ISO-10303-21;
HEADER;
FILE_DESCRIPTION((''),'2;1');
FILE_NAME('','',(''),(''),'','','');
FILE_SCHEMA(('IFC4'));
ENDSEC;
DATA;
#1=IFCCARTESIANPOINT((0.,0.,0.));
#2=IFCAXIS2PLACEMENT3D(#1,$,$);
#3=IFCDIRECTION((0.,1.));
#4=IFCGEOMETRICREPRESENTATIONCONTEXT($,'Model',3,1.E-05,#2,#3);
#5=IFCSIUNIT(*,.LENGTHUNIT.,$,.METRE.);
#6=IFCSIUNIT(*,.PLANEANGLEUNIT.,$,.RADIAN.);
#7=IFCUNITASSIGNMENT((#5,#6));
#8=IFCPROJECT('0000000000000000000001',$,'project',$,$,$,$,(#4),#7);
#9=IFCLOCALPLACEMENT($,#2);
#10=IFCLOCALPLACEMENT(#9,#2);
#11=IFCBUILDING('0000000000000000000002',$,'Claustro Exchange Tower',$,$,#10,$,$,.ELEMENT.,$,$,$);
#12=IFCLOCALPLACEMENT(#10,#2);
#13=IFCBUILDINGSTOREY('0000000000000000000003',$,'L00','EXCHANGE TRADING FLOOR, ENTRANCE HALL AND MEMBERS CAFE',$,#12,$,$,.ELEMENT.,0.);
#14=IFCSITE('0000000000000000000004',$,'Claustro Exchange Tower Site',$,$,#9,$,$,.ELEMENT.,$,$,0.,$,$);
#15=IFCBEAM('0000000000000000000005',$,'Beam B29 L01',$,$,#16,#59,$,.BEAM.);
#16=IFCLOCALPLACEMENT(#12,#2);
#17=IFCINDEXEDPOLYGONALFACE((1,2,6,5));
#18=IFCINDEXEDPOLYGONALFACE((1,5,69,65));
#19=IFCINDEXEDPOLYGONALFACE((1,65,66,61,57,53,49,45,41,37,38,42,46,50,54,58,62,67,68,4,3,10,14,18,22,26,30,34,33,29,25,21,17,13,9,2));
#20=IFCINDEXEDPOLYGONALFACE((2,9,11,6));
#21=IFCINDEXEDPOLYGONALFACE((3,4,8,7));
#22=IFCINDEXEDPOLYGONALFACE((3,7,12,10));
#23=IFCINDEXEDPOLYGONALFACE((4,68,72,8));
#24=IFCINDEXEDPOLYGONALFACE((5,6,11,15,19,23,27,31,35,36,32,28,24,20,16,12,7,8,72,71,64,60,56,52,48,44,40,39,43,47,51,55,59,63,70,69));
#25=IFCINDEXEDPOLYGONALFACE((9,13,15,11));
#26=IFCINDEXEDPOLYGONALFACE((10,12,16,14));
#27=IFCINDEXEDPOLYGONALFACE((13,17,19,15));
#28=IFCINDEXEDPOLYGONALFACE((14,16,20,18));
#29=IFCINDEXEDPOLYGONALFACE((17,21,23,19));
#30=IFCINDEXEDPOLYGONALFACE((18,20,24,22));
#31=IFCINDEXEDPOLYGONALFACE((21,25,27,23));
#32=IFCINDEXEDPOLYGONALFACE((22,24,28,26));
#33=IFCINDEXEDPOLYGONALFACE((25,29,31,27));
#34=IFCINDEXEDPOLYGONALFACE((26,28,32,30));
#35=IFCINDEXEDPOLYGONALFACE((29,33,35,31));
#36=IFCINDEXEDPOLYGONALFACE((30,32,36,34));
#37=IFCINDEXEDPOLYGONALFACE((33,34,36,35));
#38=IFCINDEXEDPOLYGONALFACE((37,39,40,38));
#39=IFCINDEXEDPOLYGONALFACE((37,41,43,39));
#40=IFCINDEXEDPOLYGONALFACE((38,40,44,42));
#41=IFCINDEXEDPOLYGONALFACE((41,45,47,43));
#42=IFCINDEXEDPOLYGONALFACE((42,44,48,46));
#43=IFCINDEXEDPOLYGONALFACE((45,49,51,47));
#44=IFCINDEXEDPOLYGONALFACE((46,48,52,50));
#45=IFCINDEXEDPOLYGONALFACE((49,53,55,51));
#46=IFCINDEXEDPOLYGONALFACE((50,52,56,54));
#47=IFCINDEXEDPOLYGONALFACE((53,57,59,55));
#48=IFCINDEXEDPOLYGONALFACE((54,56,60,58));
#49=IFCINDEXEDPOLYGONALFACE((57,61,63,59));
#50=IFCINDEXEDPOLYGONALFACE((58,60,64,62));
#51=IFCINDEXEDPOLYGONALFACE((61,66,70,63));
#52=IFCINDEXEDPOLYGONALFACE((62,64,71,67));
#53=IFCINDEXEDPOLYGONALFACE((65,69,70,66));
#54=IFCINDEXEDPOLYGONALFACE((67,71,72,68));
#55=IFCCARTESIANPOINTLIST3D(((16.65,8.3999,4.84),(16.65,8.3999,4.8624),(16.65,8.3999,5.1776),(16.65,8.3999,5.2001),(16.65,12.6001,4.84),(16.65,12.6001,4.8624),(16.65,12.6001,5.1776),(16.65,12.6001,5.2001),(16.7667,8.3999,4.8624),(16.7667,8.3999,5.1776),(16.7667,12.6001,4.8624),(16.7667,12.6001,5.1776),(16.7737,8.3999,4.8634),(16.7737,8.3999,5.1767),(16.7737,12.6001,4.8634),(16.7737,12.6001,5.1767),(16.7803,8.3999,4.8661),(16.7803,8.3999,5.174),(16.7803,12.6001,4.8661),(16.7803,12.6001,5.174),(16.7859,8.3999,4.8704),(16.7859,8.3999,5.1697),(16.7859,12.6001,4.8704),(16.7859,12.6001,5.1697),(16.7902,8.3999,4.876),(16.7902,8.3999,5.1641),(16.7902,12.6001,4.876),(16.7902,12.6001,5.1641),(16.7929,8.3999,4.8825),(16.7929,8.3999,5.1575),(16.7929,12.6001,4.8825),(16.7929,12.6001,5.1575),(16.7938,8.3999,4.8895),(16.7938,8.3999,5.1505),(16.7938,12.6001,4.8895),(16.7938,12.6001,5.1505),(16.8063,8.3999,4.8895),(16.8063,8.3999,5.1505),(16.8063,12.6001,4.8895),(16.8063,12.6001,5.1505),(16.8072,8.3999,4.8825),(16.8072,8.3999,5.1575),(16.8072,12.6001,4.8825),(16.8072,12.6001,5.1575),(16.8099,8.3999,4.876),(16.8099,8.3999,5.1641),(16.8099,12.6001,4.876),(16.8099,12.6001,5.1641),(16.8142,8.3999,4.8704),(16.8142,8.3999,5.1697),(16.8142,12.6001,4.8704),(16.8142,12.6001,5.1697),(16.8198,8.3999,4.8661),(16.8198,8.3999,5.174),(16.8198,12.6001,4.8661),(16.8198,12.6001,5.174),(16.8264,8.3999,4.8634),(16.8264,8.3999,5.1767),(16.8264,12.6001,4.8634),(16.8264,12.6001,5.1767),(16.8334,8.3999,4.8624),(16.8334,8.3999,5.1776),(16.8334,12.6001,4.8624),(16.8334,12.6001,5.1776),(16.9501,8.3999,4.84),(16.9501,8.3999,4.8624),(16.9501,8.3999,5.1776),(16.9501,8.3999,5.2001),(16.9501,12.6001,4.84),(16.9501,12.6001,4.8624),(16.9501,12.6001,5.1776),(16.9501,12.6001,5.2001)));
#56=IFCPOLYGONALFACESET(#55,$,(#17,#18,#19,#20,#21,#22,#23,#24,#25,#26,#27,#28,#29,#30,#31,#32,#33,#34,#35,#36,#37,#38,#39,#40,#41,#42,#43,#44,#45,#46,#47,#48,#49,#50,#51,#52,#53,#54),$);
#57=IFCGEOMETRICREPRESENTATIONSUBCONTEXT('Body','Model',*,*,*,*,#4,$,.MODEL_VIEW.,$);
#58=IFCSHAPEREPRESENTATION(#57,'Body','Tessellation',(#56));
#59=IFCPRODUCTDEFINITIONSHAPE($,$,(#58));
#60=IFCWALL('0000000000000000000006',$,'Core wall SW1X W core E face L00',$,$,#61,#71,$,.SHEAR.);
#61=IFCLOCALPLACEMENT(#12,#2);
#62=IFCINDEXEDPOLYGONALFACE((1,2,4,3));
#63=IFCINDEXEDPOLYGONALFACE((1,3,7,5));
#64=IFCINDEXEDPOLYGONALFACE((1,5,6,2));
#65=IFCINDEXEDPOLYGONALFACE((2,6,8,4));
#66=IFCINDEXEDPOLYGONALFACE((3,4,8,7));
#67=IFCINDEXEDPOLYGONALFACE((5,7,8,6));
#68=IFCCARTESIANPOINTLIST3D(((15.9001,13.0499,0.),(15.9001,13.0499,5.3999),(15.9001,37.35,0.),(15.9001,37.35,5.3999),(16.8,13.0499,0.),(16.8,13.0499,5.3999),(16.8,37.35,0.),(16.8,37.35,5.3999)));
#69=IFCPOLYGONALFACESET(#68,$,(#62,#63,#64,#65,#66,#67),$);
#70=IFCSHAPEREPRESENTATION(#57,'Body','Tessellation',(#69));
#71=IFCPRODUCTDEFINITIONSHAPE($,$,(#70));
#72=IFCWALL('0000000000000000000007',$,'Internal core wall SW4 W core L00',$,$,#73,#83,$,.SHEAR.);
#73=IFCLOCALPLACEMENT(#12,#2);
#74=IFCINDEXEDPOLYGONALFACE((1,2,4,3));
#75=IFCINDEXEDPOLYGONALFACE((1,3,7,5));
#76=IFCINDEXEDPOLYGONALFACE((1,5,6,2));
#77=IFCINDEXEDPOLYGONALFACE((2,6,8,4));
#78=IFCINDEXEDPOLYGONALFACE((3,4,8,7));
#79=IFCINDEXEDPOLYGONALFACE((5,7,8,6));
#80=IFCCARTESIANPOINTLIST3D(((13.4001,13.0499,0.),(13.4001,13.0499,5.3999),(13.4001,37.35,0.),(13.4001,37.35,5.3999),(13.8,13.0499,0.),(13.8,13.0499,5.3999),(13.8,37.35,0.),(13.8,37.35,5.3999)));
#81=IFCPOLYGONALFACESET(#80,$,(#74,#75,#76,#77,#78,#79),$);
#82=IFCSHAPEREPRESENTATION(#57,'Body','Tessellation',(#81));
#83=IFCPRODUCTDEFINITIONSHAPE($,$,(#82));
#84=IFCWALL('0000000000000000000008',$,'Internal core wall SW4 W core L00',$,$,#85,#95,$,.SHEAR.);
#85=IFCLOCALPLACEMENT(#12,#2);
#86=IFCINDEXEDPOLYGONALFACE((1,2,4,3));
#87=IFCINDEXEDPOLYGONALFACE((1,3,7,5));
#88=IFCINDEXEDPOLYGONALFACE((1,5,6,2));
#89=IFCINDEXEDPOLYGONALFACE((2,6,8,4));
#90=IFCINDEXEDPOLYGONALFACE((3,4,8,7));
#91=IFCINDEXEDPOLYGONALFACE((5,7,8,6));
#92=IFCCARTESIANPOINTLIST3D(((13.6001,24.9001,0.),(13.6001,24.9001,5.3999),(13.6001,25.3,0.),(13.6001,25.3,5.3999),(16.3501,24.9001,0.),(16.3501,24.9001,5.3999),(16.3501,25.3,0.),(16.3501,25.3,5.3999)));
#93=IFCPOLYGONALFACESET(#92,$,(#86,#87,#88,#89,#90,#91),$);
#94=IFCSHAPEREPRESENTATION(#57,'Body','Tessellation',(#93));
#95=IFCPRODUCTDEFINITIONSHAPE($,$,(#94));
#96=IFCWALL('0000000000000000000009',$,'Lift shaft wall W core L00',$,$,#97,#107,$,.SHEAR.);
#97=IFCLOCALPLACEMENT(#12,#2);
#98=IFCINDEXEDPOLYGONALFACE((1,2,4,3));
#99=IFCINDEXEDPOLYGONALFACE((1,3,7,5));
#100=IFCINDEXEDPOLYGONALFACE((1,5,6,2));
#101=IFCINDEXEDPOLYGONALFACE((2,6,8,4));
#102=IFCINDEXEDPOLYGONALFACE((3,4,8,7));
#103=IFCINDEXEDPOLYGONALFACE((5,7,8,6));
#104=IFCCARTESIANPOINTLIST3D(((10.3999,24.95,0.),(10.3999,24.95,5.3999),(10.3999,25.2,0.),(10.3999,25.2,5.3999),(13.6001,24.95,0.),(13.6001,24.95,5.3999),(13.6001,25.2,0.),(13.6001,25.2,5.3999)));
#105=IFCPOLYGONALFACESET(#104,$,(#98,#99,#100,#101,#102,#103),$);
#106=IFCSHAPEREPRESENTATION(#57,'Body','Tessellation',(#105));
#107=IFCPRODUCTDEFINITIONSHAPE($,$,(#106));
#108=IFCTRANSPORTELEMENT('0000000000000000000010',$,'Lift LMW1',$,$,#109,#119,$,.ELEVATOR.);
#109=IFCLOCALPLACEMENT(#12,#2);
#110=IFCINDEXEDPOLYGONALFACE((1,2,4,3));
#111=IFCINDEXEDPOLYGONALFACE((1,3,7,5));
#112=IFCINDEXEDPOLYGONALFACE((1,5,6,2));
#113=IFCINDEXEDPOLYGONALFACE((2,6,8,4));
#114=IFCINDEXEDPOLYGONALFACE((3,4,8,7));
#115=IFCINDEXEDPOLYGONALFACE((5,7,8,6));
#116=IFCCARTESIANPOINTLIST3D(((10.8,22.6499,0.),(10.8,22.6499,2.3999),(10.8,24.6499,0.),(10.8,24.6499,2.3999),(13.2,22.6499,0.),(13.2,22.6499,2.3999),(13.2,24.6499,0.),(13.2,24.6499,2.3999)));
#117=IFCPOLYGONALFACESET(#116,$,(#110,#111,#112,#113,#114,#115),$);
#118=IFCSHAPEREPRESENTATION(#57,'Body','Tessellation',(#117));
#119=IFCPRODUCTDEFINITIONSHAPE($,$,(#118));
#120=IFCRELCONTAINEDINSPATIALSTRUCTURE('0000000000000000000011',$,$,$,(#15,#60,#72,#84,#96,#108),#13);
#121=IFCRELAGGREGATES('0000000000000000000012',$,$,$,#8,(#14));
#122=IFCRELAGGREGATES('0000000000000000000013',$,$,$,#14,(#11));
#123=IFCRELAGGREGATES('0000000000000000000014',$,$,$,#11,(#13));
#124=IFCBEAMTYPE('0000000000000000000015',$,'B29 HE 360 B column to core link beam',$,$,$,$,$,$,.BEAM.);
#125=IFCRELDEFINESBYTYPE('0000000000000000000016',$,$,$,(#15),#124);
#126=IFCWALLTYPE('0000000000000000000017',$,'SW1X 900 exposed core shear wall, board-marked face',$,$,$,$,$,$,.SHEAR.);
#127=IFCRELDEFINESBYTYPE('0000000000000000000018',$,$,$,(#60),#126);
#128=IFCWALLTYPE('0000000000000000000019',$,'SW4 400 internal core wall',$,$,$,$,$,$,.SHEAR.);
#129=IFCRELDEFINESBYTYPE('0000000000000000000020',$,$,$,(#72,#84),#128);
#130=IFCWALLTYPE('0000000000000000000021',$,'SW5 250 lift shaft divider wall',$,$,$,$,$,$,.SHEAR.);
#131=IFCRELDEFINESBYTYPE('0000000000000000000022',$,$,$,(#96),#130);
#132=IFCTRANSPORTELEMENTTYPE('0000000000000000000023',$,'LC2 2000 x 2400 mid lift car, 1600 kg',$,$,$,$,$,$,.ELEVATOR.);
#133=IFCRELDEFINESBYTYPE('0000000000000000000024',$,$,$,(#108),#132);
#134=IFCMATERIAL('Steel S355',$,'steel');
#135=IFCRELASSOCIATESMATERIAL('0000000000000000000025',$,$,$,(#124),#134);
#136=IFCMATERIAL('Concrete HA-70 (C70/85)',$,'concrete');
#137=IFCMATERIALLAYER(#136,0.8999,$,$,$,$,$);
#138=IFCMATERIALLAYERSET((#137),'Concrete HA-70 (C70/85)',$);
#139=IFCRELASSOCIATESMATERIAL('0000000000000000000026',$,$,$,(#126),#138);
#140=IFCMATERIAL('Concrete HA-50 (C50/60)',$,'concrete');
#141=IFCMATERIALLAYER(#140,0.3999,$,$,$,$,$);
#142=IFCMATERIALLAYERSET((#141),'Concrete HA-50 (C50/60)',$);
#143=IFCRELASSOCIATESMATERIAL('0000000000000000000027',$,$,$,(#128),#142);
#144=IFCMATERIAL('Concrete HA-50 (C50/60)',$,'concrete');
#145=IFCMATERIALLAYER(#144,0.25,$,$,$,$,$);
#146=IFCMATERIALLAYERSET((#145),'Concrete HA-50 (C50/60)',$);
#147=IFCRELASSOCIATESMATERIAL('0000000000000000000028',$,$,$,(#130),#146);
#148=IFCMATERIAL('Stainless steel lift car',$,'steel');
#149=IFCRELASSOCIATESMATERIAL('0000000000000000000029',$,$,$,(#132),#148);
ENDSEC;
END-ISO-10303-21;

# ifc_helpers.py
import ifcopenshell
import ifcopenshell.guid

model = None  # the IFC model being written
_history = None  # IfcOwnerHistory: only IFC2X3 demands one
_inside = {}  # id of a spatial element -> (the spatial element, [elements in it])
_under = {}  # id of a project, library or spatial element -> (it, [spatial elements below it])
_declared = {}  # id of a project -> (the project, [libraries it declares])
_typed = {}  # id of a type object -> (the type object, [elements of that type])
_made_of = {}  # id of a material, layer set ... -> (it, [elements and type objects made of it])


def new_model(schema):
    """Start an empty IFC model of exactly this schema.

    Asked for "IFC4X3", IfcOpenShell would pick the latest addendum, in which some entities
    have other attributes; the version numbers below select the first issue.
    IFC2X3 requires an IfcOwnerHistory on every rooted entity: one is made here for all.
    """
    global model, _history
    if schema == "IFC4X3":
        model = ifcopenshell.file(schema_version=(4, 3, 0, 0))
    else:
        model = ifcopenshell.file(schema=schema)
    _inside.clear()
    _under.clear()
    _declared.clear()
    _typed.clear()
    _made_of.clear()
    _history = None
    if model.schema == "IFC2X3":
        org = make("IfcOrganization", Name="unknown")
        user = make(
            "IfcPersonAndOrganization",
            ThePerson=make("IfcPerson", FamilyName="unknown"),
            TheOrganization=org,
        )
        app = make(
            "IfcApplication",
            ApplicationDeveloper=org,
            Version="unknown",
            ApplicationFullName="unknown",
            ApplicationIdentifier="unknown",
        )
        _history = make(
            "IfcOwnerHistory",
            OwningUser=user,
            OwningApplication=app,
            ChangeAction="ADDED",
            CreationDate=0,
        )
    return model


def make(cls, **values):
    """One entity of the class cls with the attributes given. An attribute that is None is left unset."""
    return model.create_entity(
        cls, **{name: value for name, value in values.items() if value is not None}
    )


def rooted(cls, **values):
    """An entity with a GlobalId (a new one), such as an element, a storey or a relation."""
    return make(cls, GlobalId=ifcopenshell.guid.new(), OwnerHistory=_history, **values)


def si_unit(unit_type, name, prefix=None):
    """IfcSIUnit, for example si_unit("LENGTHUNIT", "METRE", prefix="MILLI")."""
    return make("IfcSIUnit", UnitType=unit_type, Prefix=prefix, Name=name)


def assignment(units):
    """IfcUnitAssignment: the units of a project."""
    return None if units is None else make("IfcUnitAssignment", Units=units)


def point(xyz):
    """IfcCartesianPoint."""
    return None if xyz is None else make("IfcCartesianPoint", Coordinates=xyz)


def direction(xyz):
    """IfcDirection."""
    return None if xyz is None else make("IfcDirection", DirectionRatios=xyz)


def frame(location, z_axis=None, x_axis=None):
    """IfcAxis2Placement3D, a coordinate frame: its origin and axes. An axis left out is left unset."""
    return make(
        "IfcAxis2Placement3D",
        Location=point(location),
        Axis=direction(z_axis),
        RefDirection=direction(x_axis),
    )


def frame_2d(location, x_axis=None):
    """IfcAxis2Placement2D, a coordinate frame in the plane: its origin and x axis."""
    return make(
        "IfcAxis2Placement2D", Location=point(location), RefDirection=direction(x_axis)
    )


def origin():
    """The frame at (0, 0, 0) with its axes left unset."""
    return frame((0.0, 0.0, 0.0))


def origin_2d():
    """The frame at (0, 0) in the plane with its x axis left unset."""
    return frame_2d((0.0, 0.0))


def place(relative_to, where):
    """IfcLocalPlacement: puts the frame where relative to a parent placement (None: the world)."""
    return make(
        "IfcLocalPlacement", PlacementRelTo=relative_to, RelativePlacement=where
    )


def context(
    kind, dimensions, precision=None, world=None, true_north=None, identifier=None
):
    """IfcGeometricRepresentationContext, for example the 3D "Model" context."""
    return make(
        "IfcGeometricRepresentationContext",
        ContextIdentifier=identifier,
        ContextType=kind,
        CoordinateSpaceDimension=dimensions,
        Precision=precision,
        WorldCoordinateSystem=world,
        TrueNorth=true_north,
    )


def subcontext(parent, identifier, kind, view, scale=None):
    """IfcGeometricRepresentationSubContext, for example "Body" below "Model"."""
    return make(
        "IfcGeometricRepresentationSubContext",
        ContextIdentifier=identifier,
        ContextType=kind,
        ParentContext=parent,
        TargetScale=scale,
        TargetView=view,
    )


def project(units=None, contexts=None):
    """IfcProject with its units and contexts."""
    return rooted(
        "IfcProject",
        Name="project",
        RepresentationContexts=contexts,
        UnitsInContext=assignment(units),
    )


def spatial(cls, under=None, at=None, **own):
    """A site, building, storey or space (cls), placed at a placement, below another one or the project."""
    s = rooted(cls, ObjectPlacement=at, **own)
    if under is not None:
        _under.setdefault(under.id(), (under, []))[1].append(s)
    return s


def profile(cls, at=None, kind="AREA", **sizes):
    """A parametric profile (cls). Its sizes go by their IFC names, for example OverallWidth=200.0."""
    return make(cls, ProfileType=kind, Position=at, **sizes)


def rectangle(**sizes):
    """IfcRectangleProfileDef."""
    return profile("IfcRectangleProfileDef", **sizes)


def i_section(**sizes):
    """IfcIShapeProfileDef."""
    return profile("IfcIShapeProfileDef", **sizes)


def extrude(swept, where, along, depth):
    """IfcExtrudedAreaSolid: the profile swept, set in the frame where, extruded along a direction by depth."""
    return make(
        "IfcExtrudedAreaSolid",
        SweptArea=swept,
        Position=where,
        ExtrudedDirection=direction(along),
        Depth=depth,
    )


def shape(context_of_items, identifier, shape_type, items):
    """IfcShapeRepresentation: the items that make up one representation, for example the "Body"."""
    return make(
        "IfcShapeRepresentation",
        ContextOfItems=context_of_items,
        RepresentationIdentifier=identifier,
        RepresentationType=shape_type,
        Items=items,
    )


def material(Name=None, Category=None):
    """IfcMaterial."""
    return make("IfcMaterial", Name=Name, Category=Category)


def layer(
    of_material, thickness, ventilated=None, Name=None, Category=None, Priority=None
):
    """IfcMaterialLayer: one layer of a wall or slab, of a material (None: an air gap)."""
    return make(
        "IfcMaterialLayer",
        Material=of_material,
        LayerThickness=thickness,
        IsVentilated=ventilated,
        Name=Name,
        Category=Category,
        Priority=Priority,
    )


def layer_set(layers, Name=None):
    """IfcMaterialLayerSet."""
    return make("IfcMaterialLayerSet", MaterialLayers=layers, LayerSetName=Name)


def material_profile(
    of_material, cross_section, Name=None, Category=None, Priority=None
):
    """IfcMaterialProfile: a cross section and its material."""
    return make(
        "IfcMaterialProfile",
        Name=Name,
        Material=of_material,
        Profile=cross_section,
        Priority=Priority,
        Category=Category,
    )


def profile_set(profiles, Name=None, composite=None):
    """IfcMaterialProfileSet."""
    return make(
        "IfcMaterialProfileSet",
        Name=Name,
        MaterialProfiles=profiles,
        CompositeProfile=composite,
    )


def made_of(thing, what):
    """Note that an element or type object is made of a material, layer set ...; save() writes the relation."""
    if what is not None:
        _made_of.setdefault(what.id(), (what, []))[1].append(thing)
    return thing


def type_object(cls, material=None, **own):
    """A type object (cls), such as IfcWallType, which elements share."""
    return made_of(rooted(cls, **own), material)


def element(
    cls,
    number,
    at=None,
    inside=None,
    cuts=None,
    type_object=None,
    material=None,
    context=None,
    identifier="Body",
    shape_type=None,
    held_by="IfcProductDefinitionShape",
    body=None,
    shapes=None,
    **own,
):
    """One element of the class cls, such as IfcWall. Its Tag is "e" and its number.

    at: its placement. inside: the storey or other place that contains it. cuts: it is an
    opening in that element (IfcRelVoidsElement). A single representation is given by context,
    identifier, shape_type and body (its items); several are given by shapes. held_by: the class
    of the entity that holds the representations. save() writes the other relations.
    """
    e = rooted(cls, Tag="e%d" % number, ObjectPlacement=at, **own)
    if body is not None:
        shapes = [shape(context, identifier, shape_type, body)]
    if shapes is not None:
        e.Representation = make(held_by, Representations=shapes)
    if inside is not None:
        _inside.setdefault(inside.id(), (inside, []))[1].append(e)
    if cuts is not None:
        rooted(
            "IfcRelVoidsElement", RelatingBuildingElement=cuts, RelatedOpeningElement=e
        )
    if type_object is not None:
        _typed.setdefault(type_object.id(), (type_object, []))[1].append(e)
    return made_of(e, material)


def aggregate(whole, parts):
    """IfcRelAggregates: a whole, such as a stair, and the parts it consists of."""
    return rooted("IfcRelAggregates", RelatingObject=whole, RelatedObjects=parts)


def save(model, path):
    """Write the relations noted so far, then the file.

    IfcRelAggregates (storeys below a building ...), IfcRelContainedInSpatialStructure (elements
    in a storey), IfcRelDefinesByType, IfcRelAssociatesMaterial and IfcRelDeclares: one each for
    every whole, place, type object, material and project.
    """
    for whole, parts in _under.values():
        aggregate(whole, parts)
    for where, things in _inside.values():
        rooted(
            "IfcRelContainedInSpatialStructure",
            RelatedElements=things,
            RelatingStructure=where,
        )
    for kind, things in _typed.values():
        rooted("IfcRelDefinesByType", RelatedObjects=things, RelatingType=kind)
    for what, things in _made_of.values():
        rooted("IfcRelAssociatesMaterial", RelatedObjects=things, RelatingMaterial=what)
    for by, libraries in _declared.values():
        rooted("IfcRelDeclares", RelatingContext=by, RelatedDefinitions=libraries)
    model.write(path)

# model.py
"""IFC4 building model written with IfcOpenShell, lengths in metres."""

from ifc_helpers import new_model, si_unit, direction, frame, frame_2d, origin, origin_2d, place, context, subcontext, project, spatial, rectangle, i_section, extrude, material, layer, layer_set, material_profile, profile_set, type_object, element, save


model = new_model("IFC4")

# Units and contexts
model_context = context("Model", 3, precision=1e-05, world=origin(), true_north=direction((0.0, 1.0)))
body_context = subcontext(model_context, "Body", "Model", "MODEL_VIEW")
ifc_project = project(units=[si_unit("LENGTHUNIT", "METRE"), si_unit("PLANEANGLEUNIT", "RADIAN")], contexts=[model_context])

# Site, building, storey
site_placement = place(None, origin())
site = spatial("IfcSite", under=ifc_project, at=site_placement, Name="Claustro Exchange Tower Site", CompositionType="ELEMENT", RefElevation=0.0)
building_placement = place(site_placement, origin())
building = spatial("IfcBuilding", under=site, at=building_placement, Name="Claustro Exchange Tower", CompositionType="ELEMENT")
storey_placement = place(building_placement, origin())
storey = spatial("IfcBuildingStorey", under=building, at=storey_placement, Name="L00", Description="EXCHANGE TRADING FLOOR, ENTRANCE HALL AND MEMBERS CAFE", CompositionType="ELEMENT", Elevation=0.0)

# Beam
ifc_material_1 = material(Name="Steel S355", Category="steel")
ifc_material_profile_1 = material_profile(ifc_material_1, i_section(OverallWidth=0.3, OverallDepth=0.3601, WebThickness=0.0125, FlangeThickness=0.0225, FilletRadius=0.0271, at=origin_2d()), Name="HE 360 B")
ifc_profile_set_1 = profile_set([ifc_material_profile_1], Name="Steel S355")
beam_type_1 = type_object("IfcBeamType", Name="B29 HE 360 B column to core link beam", PredefinedType="BEAM", material=ifc_profile_set_1)
beam_1_placement = place(storey_placement, frame((16.8, 8.3999, 5.02), z_axis=(0.0, 1.0, 0.0), x_axis=(-1.0, 0.0, 0.0)))
element("IfcBeam", 1, at=beam_1_placement, inside=storey, type_object=beam_type_1, Name="Beam B29 L01", PredefinedType="BEAM", context=body_context, shape_type="SweptSolid", body=[
    extrude(i_section(OverallWidth=0.3, OverallDepth=0.3601, WebThickness=0.0125, FlangeThickness=0.0225, FilletRadius=0.0271, at=origin_2d()), origin(), (0.0, 0.0, 1.0), 4.2002),
])

# Walls
ifc_material_2 = material(Name="Concrete HA-70 (C70/85)", Category="concrete")
ifc_layer_1 = layer(ifc_material_2, 0.8999)
ifc_layer_set_1 = layer_set([ifc_layer_1], Name="Concrete HA-70 (C70/85)")
wall_type_1 = type_object("IfcWallType", Name="SW1X 900 exposed core shear wall, board-marked face", PredefinedType="SHEAR", material=ifc_layer_set_1)
wall_1_placement = place(storey_placement, frame((16.3501, 13.05, 0.0), z_axis=(0.0, 0.0, 1.0), x_axis=(0.0, 1.0, 0.0)))
element("IfcWall", 2, at=wall_1_placement, inside=storey, type_object=wall_type_1, Name="Core wall SW1X W core E face L00", PredefinedType="SHEAR", context=body_context, shape_type="SweptSolid", body=[
    extrude(rectangle(XDim=24.3, YDim=0.8999, at=frame_2d((12.1499, 0.0))), origin(), (0.0, 0.0, 1.0), 5.3999),
])
ifc_material_3 = material(Name="Concrete HA-50 (C50/60)", Category="concrete")
ifc_layer_2 = layer(ifc_material_3, 0.3999)
ifc_layer_set_2 = layer_set([ifc_layer_2], Name="Concrete HA-50 (C50/60)")
wall_type_2 = type_object("IfcWallType", Name="SW4 400 internal core wall", PredefinedType="SHEAR", material=ifc_layer_set_2)
wall_2_placement = place(storey_placement, frame((13.6001, 13.05, 0.0), z_axis=(0.0, 0.0, 1.0), x_axis=(0.0, 1.0, 0.0)))
element("IfcWall", 3, at=wall_2_placement, inside=storey, type_object=wall_type_2, Name="Internal core wall SW4 W core L00", PredefinedType="SHEAR", context=body_context, shape_type="SweptSolid", body=[
    extrude(rectangle(XDim=24.3, YDim=0.3999, at=frame_2d((12.1499, 0.0))), origin(), (0.0, 0.0, 1.0), 5.3999),
])
wall_3_placement = place(storey_placement, frame((13.6001, 25.1001, 0.0), z_axis=(0.0, 0.0, 1.0), x_axis=(1.0, 0.0, 0.0)))
element("IfcWall", 4, at=wall_3_placement, inside=storey, type_object=wall_type_2, Name="Internal core wall SW4 W core L00", PredefinedType="SHEAR", context=body_context, shape_type="SweptSolid", body=[
    extrude(rectangle(XDim=2.75, YDim=0.3999, at=frame_2d((1.375, 0.0))), origin(), (0.0, 0.0, 1.0), 5.3999),
])
ifc_material_4 = material(Name="Concrete HA-50 (C50/60)", Category="concrete")
ifc_layer_3 = layer(ifc_material_4, 0.25)
ifc_layer_set_3 = layer_set([ifc_layer_3], Name="Concrete HA-50 (C50/60)")
wall_type_3 = type_object("IfcWallType", Name="SW5 250 lift shaft divider wall", PredefinedType="SHEAR", material=ifc_layer_set_3)
wall_4_placement = place(storey_placement, frame((10.3999, 25.075, 0.0), z_axis=(0.0, 0.0, 1.0), x_axis=(1.0, 0.0, 0.0)))
element("IfcWall", 5, at=wall_4_placement, inside=storey, type_object=wall_type_3, Name="Lift shaft wall W core L00", PredefinedType="SHEAR", context=body_context, shape_type="SweptSolid", body=[
    extrude(rectangle(XDim=3.2002, YDim=0.25, at=frame_2d((1.6001, 0.0))), origin(), (0.0, 0.0, 1.0), 5.3999),
])

# Transport element
ifc_material_5 = material(Name="Stainless steel lift car", Category="steel")
transport_element_type = type_object("IfcTransportElementType", Name="LC2 2000 x 2400 mid lift car, 1600 kg", PredefinedType="ELEVATOR", material=ifc_material_5)
transport_element_placement = place(storey_placement, frame((12.0, 23.6499, 0.0)))
element("IfcTransportElement", 6, at=transport_element_placement, inside=storey, type_object=transport_element_type, Name="Lift LMW1", PredefinedType="ELEVATOR", context=body_context, shape_type="SweptSolid", body=[
    extrude(rectangle(XDim=2.3999, YDim=2.0, at=origin_2d()), origin(), (0.0, 0.0, 1.0), 2.3999),
])

save(model, "model.ifc")
